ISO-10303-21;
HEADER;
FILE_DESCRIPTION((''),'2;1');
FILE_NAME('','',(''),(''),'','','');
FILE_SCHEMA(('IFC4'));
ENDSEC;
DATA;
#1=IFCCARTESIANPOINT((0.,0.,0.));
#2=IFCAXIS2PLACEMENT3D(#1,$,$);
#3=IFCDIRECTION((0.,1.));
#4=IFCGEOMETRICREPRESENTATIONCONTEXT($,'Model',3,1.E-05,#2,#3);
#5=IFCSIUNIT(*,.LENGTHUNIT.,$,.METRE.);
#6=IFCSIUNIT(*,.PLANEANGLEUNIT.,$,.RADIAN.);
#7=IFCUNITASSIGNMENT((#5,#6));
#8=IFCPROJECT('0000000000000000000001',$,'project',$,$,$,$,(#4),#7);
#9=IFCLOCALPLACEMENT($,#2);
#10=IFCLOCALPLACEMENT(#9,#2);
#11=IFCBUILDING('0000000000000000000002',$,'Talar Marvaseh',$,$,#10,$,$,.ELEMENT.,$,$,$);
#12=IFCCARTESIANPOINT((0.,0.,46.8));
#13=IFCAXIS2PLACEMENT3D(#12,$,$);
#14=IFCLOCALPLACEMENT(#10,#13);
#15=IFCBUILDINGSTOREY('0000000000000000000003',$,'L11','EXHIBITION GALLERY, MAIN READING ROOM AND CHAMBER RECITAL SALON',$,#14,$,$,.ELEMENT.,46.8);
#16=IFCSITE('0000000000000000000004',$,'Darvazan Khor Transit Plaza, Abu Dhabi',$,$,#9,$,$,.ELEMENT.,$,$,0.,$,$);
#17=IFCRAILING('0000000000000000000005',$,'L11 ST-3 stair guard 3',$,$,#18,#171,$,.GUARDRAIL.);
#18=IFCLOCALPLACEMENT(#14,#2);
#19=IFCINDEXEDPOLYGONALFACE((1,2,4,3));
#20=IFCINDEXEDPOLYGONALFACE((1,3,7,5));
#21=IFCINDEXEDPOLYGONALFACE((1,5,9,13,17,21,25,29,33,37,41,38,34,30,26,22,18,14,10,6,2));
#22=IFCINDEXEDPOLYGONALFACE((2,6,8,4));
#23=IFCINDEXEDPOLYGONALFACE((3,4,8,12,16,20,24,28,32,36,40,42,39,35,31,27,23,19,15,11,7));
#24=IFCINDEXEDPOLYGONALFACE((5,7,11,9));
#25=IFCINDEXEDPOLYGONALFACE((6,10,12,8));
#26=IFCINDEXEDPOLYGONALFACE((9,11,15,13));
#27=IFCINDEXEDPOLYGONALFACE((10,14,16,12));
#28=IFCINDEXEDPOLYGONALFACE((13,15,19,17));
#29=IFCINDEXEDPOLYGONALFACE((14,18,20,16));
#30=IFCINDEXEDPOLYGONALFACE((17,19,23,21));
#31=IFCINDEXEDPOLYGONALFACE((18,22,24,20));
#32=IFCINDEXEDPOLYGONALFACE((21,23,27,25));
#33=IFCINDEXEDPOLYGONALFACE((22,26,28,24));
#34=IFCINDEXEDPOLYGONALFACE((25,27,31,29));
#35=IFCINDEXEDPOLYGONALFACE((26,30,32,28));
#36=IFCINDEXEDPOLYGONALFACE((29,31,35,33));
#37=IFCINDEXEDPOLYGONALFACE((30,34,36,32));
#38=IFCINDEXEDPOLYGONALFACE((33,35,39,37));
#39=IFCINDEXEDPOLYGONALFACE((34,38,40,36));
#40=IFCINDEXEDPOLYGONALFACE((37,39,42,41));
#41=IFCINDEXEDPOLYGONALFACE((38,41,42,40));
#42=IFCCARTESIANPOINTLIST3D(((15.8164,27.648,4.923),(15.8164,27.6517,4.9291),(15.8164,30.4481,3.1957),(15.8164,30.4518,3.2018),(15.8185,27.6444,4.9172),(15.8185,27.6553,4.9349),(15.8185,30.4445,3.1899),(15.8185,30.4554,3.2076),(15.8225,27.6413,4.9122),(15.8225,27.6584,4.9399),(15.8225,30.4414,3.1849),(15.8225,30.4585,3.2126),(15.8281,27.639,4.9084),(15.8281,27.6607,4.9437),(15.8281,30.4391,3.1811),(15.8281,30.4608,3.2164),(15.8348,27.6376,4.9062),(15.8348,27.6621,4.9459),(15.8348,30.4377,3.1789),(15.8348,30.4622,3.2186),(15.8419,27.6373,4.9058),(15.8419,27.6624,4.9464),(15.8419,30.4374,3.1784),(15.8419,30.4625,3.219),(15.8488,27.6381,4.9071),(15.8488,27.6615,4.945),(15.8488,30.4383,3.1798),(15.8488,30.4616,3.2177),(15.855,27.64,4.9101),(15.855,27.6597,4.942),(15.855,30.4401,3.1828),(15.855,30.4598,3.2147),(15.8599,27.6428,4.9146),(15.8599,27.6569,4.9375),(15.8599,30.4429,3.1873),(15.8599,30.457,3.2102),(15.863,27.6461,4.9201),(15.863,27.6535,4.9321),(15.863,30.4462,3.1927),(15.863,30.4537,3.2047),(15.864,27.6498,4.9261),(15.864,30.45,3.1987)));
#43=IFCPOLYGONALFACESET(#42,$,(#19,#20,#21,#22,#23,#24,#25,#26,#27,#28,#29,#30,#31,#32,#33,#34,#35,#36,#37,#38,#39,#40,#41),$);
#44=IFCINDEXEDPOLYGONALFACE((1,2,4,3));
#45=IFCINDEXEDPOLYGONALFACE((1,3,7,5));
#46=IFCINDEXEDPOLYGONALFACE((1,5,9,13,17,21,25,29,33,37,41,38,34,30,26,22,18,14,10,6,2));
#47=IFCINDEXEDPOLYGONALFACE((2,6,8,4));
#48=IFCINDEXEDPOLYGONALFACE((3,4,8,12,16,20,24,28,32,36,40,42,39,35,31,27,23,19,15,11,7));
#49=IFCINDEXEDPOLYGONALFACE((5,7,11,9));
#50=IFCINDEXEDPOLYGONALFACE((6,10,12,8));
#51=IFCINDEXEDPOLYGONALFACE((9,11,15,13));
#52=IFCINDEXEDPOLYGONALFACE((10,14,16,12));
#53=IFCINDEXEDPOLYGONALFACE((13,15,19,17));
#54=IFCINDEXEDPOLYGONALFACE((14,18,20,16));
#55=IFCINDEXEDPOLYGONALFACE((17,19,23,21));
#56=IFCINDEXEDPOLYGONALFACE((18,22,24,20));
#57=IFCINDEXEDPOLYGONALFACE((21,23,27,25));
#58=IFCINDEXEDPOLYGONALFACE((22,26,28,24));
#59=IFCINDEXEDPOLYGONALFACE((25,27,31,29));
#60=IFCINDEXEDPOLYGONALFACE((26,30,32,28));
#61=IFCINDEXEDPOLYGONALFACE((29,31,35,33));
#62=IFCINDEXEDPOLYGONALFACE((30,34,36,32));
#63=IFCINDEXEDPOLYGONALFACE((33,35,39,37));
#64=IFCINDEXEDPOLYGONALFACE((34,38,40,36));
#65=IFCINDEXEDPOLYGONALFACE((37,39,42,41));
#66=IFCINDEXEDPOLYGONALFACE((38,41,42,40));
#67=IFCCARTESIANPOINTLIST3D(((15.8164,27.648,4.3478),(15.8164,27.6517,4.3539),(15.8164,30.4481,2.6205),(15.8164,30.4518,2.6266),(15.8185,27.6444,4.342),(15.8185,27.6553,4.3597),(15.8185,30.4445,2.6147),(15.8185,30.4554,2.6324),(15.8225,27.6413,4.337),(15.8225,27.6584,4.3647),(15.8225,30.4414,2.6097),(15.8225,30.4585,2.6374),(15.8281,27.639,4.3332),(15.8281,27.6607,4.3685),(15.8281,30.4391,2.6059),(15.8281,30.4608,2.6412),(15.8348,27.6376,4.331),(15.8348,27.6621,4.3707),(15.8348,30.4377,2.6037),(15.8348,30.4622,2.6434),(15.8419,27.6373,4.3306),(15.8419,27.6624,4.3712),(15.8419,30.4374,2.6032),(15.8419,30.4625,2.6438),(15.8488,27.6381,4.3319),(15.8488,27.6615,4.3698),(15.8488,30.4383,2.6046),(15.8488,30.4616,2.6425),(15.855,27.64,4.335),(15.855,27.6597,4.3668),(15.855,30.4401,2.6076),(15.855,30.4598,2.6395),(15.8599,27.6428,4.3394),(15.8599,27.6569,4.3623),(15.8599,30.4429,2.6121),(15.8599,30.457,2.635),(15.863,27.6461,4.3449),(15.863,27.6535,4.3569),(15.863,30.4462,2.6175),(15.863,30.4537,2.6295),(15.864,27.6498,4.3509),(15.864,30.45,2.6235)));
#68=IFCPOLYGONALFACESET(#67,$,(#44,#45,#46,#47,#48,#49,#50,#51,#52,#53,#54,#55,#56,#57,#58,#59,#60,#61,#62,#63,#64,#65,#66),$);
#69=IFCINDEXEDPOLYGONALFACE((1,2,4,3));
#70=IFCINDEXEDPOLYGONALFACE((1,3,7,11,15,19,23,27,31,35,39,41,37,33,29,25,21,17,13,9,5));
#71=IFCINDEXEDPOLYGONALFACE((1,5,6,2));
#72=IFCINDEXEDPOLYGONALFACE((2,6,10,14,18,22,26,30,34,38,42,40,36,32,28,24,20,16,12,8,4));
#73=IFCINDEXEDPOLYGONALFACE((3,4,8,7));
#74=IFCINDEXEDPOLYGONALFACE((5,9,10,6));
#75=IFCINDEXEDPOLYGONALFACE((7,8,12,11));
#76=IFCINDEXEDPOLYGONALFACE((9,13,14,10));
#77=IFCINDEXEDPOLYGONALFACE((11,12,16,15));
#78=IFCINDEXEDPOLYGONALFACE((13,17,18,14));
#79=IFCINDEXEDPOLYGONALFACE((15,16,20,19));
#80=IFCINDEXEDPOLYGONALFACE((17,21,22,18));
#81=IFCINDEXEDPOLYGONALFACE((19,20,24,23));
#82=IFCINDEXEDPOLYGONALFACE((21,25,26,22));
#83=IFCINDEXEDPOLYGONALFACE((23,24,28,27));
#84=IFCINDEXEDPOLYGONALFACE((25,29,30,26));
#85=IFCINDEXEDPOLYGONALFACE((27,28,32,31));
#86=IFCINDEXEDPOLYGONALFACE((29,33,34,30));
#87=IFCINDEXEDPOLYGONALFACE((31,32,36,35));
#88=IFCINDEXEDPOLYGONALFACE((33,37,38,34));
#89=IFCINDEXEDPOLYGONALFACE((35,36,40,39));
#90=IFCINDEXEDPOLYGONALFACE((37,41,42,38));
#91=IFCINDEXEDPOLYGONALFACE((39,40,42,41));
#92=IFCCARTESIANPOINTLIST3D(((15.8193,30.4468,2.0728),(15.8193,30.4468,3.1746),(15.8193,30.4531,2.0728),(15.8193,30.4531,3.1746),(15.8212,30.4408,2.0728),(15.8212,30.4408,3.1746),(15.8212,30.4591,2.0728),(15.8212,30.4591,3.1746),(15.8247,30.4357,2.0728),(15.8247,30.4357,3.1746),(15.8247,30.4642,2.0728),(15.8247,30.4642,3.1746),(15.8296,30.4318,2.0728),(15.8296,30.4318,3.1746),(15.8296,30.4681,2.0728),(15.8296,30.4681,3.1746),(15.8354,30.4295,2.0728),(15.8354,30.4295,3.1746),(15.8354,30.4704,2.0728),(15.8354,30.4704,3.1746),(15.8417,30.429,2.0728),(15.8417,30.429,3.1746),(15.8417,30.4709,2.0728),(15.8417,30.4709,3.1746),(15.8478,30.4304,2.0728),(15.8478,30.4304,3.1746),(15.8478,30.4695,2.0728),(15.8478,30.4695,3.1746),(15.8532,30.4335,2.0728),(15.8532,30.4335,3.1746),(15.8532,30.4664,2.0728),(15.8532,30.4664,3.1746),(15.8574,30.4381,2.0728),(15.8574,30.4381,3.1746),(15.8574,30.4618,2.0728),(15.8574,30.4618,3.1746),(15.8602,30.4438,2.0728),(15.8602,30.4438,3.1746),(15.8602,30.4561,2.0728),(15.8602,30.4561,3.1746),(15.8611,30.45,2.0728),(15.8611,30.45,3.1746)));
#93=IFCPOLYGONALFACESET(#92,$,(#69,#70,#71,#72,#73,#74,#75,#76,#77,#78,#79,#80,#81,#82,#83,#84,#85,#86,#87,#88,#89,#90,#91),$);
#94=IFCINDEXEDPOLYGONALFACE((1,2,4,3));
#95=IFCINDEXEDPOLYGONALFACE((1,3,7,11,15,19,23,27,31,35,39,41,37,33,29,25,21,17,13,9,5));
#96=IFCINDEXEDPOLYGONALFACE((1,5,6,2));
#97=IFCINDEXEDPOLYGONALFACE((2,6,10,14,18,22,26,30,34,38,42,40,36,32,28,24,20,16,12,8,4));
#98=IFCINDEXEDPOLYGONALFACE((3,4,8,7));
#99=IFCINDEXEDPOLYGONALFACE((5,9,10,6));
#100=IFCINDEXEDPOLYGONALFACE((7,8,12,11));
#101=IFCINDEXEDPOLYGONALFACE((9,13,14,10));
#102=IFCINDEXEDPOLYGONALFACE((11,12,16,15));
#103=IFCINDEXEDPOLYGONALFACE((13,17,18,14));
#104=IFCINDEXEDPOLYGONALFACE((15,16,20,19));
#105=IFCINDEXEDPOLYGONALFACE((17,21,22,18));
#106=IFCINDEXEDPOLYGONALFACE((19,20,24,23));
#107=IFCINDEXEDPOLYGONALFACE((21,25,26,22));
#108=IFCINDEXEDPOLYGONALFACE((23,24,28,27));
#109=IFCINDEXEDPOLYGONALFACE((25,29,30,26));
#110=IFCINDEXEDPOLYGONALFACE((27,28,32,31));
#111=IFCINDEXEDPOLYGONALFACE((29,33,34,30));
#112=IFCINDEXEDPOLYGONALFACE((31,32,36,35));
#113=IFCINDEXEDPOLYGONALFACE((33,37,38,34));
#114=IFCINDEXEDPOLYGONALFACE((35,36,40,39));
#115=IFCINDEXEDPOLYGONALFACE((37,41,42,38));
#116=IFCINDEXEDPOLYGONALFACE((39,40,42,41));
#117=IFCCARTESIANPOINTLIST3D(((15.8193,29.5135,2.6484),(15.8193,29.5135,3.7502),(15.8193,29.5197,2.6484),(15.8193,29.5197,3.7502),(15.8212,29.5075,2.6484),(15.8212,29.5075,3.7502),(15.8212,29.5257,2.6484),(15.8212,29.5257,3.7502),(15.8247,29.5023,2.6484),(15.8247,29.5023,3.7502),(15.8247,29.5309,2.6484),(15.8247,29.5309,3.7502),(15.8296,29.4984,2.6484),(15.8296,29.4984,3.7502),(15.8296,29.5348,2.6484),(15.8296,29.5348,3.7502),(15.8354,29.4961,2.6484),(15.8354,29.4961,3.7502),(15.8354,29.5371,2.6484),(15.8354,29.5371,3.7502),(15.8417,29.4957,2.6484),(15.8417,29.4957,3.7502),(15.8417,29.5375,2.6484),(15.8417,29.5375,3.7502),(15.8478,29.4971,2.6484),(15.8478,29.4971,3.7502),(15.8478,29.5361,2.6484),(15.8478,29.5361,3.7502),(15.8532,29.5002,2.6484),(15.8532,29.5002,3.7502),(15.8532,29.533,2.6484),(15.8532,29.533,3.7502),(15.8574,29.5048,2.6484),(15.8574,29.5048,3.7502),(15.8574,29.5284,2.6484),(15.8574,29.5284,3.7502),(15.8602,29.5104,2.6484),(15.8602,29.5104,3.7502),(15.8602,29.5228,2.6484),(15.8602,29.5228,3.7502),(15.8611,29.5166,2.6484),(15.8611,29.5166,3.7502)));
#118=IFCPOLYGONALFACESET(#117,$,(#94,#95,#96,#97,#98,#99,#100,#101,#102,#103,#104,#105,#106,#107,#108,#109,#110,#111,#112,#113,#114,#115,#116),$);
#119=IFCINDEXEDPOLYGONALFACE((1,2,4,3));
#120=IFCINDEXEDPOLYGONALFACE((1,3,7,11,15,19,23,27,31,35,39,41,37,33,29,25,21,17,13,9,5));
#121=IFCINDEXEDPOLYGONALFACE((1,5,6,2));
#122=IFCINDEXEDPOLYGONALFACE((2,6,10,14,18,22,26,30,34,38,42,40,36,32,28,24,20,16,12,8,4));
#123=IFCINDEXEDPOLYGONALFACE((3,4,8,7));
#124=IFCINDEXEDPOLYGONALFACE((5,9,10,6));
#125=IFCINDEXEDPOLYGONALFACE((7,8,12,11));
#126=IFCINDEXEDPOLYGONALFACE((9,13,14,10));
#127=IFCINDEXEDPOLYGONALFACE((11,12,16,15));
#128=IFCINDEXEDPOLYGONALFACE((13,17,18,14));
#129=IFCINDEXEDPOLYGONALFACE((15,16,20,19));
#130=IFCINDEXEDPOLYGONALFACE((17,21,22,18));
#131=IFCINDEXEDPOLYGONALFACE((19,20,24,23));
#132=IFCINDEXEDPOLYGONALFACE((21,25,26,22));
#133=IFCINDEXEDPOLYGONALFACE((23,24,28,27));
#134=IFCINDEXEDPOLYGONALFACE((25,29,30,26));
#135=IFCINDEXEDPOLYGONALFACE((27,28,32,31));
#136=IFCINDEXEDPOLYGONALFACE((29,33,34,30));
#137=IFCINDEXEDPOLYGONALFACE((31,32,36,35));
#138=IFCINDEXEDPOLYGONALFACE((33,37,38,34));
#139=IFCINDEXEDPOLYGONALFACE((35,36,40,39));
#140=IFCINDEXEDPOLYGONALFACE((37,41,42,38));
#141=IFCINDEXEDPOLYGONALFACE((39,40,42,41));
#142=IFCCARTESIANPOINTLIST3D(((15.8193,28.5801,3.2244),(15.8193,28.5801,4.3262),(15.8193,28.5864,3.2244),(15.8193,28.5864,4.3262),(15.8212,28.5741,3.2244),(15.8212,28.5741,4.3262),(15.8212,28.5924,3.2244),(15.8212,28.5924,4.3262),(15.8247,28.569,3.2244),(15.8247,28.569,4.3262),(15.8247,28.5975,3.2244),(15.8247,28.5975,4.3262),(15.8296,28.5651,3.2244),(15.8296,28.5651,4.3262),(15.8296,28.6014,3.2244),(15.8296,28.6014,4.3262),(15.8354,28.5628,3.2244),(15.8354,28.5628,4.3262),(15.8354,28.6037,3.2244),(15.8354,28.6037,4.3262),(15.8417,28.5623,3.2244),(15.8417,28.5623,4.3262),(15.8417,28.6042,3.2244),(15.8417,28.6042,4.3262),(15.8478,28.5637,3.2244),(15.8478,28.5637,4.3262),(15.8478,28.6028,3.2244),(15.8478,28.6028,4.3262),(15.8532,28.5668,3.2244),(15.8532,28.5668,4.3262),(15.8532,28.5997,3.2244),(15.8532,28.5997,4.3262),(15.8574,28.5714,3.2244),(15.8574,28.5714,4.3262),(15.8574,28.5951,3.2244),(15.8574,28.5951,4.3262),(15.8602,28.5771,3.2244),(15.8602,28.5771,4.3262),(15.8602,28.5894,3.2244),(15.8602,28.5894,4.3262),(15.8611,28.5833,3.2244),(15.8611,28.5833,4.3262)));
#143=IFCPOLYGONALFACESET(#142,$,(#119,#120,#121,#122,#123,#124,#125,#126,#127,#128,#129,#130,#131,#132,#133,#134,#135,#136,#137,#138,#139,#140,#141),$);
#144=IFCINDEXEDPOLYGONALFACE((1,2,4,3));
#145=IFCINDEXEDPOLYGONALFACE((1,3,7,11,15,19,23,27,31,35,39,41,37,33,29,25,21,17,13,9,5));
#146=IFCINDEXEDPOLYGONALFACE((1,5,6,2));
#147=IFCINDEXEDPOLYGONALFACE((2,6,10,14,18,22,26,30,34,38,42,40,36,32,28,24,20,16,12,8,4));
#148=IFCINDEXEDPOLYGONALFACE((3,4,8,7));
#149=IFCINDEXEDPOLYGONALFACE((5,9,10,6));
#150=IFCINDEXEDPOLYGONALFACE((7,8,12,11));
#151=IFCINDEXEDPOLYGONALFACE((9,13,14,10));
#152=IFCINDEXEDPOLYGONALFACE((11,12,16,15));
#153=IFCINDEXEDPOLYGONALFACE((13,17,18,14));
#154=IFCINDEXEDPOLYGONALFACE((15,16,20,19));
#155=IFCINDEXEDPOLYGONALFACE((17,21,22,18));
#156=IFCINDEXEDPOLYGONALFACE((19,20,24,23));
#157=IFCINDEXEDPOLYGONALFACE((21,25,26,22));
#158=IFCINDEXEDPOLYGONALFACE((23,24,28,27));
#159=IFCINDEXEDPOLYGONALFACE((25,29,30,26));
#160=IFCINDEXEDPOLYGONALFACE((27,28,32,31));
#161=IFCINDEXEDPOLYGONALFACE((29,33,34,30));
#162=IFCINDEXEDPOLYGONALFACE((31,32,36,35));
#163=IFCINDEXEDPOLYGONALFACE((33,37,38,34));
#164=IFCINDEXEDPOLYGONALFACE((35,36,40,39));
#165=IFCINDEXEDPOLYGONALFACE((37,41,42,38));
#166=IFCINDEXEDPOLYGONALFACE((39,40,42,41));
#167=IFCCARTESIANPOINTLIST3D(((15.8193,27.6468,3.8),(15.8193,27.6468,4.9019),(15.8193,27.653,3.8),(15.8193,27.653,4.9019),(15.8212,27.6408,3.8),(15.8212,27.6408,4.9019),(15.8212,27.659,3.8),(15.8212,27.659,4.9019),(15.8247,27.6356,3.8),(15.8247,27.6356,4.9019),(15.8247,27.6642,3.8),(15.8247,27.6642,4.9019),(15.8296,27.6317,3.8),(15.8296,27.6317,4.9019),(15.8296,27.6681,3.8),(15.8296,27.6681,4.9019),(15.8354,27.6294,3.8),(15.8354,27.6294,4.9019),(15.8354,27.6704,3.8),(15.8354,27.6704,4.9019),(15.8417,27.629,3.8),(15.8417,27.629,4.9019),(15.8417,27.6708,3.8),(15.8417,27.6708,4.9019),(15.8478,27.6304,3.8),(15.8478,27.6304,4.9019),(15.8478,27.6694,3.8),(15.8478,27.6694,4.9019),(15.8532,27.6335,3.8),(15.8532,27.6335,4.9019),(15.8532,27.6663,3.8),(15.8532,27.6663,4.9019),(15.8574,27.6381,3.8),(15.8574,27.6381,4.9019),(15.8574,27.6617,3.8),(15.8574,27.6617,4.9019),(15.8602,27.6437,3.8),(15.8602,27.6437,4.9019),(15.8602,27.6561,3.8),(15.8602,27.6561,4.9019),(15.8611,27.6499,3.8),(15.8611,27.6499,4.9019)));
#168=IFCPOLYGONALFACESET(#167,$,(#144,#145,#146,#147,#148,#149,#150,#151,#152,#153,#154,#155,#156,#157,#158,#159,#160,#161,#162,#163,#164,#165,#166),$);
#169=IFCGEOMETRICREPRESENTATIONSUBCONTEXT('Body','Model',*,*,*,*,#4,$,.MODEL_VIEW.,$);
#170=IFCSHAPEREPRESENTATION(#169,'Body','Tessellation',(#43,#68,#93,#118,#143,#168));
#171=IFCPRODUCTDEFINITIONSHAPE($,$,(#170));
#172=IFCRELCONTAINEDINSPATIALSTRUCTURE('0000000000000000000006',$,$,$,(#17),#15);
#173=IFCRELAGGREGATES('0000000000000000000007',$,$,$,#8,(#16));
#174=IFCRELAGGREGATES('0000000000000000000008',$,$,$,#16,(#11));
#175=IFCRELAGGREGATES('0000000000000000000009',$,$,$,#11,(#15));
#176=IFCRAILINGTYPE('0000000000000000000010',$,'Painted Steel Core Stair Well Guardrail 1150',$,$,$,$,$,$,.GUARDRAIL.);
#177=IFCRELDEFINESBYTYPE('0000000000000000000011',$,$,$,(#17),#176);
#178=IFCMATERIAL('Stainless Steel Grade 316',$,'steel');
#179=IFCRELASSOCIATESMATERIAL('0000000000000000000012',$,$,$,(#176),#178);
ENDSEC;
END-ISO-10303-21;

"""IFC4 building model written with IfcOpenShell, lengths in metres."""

from ifc_helpers import new_model, si_unit, direction, frame, origin, origin_2d, place, context, subcontext, project, spatial, circle, extrude, material, type_object, element, save


model = new_model("IFC4")

# Units and contexts
model_context = context("Model", 3, precision=1e-05, world=origin(), true_north=direction((0.0, 1.0)))
body_context = subcontext(model_context, "Body", "Model", "MODEL_VIEW")
ifc_project = project(units=[si_unit("LENGTHUNIT", "METRE"), si_unit("PLANEANGLEUNIT", "RADIAN")], contexts=[model_context])

# Site, building, storey
site_placement = place(None, origin())
site = spatial("IfcSite", under=ifc_project, at=site_placement, Name="Darvazan Khor Transit Plaza, Abu Dhabi", CompositionType="ELEMENT", RefElevation=0.0)
building_placement = place(site_placement, origin())
building = spatial("IfcBuilding", under=site, at=building_placement, Name="Talar Marvaseh", CompositionType="ELEMENT")
storey_placement = place(building_placement, frame((0.0, 0.0, 46.8)))
storey = spatial("IfcBuildingStorey", under=building, at=storey_placement, Name="L11", Description="EXHIBITION GALLERY, MAIN READING ROOM AND CHAMBER RECITAL SALON", CompositionType="ELEMENT", Elevation=46.8)

# Railing
ifc_material_1 = material(Name="Stainless Steel Grade 316", Category="steel")
railing_type_1 = type_object("IfcRailingType", Name="Painted Steel Core Stair Well Guardrail 1150", PredefinedType="GUARDRAIL", material=ifc_material_1)
railing_1_placement = place(storey_placement, frame((15.8401, 30.45, 2.0728)))
element("IfcRailing", 1, at=railing_1_placement, inside=storey, type_object=railing_type_1, Name="L11 ST-3 stair guard 3", PredefinedType="GUARDRAIL", context=body_context, shape_type="SweptSolid", body=[
    extrude(circle(Radius=0.0239, at=origin_2d()), frame((0.0, 0.0, 1.126), z_axis=(0.0, -0.85109, 0.52502), x_axis=(1.0, 0.0, 0.0)), (0.0, 0.0, 1.0), 3.29),
    extrude(circle(Radius=0.0239, at=origin_2d()), frame((0.0, 0.0, 0.5508), z_axis=(0.0, -0.85109, 0.52502), x_axis=(1.0, 0.0, 0.0)), (0.0, 0.0, 1.0), 3.29),
    extrude(circle(Radius=0.021, at=origin_2d()), origin(), (0.0, 0.0, 1.0), 1.1018),
    extrude(circle(Radius=0.021, at=origin_2d()), frame((0.0, -0.9333, 0.5757)), (0.0, 0.0, 1.0), 1.1018),
    extrude(circle(Radius=0.021, at=origin_2d()), frame((0.0, -1.8667, 1.1516)), (0.0, 0.0, 1.0), 1.1018),
    extrude(circle(Radius=0.021, at=origin_2d()), frame((0.0, -2.8, 1.7273)), (0.0, 0.0, 1.0), 1.1018),
])

save(model, "model.ifc")
